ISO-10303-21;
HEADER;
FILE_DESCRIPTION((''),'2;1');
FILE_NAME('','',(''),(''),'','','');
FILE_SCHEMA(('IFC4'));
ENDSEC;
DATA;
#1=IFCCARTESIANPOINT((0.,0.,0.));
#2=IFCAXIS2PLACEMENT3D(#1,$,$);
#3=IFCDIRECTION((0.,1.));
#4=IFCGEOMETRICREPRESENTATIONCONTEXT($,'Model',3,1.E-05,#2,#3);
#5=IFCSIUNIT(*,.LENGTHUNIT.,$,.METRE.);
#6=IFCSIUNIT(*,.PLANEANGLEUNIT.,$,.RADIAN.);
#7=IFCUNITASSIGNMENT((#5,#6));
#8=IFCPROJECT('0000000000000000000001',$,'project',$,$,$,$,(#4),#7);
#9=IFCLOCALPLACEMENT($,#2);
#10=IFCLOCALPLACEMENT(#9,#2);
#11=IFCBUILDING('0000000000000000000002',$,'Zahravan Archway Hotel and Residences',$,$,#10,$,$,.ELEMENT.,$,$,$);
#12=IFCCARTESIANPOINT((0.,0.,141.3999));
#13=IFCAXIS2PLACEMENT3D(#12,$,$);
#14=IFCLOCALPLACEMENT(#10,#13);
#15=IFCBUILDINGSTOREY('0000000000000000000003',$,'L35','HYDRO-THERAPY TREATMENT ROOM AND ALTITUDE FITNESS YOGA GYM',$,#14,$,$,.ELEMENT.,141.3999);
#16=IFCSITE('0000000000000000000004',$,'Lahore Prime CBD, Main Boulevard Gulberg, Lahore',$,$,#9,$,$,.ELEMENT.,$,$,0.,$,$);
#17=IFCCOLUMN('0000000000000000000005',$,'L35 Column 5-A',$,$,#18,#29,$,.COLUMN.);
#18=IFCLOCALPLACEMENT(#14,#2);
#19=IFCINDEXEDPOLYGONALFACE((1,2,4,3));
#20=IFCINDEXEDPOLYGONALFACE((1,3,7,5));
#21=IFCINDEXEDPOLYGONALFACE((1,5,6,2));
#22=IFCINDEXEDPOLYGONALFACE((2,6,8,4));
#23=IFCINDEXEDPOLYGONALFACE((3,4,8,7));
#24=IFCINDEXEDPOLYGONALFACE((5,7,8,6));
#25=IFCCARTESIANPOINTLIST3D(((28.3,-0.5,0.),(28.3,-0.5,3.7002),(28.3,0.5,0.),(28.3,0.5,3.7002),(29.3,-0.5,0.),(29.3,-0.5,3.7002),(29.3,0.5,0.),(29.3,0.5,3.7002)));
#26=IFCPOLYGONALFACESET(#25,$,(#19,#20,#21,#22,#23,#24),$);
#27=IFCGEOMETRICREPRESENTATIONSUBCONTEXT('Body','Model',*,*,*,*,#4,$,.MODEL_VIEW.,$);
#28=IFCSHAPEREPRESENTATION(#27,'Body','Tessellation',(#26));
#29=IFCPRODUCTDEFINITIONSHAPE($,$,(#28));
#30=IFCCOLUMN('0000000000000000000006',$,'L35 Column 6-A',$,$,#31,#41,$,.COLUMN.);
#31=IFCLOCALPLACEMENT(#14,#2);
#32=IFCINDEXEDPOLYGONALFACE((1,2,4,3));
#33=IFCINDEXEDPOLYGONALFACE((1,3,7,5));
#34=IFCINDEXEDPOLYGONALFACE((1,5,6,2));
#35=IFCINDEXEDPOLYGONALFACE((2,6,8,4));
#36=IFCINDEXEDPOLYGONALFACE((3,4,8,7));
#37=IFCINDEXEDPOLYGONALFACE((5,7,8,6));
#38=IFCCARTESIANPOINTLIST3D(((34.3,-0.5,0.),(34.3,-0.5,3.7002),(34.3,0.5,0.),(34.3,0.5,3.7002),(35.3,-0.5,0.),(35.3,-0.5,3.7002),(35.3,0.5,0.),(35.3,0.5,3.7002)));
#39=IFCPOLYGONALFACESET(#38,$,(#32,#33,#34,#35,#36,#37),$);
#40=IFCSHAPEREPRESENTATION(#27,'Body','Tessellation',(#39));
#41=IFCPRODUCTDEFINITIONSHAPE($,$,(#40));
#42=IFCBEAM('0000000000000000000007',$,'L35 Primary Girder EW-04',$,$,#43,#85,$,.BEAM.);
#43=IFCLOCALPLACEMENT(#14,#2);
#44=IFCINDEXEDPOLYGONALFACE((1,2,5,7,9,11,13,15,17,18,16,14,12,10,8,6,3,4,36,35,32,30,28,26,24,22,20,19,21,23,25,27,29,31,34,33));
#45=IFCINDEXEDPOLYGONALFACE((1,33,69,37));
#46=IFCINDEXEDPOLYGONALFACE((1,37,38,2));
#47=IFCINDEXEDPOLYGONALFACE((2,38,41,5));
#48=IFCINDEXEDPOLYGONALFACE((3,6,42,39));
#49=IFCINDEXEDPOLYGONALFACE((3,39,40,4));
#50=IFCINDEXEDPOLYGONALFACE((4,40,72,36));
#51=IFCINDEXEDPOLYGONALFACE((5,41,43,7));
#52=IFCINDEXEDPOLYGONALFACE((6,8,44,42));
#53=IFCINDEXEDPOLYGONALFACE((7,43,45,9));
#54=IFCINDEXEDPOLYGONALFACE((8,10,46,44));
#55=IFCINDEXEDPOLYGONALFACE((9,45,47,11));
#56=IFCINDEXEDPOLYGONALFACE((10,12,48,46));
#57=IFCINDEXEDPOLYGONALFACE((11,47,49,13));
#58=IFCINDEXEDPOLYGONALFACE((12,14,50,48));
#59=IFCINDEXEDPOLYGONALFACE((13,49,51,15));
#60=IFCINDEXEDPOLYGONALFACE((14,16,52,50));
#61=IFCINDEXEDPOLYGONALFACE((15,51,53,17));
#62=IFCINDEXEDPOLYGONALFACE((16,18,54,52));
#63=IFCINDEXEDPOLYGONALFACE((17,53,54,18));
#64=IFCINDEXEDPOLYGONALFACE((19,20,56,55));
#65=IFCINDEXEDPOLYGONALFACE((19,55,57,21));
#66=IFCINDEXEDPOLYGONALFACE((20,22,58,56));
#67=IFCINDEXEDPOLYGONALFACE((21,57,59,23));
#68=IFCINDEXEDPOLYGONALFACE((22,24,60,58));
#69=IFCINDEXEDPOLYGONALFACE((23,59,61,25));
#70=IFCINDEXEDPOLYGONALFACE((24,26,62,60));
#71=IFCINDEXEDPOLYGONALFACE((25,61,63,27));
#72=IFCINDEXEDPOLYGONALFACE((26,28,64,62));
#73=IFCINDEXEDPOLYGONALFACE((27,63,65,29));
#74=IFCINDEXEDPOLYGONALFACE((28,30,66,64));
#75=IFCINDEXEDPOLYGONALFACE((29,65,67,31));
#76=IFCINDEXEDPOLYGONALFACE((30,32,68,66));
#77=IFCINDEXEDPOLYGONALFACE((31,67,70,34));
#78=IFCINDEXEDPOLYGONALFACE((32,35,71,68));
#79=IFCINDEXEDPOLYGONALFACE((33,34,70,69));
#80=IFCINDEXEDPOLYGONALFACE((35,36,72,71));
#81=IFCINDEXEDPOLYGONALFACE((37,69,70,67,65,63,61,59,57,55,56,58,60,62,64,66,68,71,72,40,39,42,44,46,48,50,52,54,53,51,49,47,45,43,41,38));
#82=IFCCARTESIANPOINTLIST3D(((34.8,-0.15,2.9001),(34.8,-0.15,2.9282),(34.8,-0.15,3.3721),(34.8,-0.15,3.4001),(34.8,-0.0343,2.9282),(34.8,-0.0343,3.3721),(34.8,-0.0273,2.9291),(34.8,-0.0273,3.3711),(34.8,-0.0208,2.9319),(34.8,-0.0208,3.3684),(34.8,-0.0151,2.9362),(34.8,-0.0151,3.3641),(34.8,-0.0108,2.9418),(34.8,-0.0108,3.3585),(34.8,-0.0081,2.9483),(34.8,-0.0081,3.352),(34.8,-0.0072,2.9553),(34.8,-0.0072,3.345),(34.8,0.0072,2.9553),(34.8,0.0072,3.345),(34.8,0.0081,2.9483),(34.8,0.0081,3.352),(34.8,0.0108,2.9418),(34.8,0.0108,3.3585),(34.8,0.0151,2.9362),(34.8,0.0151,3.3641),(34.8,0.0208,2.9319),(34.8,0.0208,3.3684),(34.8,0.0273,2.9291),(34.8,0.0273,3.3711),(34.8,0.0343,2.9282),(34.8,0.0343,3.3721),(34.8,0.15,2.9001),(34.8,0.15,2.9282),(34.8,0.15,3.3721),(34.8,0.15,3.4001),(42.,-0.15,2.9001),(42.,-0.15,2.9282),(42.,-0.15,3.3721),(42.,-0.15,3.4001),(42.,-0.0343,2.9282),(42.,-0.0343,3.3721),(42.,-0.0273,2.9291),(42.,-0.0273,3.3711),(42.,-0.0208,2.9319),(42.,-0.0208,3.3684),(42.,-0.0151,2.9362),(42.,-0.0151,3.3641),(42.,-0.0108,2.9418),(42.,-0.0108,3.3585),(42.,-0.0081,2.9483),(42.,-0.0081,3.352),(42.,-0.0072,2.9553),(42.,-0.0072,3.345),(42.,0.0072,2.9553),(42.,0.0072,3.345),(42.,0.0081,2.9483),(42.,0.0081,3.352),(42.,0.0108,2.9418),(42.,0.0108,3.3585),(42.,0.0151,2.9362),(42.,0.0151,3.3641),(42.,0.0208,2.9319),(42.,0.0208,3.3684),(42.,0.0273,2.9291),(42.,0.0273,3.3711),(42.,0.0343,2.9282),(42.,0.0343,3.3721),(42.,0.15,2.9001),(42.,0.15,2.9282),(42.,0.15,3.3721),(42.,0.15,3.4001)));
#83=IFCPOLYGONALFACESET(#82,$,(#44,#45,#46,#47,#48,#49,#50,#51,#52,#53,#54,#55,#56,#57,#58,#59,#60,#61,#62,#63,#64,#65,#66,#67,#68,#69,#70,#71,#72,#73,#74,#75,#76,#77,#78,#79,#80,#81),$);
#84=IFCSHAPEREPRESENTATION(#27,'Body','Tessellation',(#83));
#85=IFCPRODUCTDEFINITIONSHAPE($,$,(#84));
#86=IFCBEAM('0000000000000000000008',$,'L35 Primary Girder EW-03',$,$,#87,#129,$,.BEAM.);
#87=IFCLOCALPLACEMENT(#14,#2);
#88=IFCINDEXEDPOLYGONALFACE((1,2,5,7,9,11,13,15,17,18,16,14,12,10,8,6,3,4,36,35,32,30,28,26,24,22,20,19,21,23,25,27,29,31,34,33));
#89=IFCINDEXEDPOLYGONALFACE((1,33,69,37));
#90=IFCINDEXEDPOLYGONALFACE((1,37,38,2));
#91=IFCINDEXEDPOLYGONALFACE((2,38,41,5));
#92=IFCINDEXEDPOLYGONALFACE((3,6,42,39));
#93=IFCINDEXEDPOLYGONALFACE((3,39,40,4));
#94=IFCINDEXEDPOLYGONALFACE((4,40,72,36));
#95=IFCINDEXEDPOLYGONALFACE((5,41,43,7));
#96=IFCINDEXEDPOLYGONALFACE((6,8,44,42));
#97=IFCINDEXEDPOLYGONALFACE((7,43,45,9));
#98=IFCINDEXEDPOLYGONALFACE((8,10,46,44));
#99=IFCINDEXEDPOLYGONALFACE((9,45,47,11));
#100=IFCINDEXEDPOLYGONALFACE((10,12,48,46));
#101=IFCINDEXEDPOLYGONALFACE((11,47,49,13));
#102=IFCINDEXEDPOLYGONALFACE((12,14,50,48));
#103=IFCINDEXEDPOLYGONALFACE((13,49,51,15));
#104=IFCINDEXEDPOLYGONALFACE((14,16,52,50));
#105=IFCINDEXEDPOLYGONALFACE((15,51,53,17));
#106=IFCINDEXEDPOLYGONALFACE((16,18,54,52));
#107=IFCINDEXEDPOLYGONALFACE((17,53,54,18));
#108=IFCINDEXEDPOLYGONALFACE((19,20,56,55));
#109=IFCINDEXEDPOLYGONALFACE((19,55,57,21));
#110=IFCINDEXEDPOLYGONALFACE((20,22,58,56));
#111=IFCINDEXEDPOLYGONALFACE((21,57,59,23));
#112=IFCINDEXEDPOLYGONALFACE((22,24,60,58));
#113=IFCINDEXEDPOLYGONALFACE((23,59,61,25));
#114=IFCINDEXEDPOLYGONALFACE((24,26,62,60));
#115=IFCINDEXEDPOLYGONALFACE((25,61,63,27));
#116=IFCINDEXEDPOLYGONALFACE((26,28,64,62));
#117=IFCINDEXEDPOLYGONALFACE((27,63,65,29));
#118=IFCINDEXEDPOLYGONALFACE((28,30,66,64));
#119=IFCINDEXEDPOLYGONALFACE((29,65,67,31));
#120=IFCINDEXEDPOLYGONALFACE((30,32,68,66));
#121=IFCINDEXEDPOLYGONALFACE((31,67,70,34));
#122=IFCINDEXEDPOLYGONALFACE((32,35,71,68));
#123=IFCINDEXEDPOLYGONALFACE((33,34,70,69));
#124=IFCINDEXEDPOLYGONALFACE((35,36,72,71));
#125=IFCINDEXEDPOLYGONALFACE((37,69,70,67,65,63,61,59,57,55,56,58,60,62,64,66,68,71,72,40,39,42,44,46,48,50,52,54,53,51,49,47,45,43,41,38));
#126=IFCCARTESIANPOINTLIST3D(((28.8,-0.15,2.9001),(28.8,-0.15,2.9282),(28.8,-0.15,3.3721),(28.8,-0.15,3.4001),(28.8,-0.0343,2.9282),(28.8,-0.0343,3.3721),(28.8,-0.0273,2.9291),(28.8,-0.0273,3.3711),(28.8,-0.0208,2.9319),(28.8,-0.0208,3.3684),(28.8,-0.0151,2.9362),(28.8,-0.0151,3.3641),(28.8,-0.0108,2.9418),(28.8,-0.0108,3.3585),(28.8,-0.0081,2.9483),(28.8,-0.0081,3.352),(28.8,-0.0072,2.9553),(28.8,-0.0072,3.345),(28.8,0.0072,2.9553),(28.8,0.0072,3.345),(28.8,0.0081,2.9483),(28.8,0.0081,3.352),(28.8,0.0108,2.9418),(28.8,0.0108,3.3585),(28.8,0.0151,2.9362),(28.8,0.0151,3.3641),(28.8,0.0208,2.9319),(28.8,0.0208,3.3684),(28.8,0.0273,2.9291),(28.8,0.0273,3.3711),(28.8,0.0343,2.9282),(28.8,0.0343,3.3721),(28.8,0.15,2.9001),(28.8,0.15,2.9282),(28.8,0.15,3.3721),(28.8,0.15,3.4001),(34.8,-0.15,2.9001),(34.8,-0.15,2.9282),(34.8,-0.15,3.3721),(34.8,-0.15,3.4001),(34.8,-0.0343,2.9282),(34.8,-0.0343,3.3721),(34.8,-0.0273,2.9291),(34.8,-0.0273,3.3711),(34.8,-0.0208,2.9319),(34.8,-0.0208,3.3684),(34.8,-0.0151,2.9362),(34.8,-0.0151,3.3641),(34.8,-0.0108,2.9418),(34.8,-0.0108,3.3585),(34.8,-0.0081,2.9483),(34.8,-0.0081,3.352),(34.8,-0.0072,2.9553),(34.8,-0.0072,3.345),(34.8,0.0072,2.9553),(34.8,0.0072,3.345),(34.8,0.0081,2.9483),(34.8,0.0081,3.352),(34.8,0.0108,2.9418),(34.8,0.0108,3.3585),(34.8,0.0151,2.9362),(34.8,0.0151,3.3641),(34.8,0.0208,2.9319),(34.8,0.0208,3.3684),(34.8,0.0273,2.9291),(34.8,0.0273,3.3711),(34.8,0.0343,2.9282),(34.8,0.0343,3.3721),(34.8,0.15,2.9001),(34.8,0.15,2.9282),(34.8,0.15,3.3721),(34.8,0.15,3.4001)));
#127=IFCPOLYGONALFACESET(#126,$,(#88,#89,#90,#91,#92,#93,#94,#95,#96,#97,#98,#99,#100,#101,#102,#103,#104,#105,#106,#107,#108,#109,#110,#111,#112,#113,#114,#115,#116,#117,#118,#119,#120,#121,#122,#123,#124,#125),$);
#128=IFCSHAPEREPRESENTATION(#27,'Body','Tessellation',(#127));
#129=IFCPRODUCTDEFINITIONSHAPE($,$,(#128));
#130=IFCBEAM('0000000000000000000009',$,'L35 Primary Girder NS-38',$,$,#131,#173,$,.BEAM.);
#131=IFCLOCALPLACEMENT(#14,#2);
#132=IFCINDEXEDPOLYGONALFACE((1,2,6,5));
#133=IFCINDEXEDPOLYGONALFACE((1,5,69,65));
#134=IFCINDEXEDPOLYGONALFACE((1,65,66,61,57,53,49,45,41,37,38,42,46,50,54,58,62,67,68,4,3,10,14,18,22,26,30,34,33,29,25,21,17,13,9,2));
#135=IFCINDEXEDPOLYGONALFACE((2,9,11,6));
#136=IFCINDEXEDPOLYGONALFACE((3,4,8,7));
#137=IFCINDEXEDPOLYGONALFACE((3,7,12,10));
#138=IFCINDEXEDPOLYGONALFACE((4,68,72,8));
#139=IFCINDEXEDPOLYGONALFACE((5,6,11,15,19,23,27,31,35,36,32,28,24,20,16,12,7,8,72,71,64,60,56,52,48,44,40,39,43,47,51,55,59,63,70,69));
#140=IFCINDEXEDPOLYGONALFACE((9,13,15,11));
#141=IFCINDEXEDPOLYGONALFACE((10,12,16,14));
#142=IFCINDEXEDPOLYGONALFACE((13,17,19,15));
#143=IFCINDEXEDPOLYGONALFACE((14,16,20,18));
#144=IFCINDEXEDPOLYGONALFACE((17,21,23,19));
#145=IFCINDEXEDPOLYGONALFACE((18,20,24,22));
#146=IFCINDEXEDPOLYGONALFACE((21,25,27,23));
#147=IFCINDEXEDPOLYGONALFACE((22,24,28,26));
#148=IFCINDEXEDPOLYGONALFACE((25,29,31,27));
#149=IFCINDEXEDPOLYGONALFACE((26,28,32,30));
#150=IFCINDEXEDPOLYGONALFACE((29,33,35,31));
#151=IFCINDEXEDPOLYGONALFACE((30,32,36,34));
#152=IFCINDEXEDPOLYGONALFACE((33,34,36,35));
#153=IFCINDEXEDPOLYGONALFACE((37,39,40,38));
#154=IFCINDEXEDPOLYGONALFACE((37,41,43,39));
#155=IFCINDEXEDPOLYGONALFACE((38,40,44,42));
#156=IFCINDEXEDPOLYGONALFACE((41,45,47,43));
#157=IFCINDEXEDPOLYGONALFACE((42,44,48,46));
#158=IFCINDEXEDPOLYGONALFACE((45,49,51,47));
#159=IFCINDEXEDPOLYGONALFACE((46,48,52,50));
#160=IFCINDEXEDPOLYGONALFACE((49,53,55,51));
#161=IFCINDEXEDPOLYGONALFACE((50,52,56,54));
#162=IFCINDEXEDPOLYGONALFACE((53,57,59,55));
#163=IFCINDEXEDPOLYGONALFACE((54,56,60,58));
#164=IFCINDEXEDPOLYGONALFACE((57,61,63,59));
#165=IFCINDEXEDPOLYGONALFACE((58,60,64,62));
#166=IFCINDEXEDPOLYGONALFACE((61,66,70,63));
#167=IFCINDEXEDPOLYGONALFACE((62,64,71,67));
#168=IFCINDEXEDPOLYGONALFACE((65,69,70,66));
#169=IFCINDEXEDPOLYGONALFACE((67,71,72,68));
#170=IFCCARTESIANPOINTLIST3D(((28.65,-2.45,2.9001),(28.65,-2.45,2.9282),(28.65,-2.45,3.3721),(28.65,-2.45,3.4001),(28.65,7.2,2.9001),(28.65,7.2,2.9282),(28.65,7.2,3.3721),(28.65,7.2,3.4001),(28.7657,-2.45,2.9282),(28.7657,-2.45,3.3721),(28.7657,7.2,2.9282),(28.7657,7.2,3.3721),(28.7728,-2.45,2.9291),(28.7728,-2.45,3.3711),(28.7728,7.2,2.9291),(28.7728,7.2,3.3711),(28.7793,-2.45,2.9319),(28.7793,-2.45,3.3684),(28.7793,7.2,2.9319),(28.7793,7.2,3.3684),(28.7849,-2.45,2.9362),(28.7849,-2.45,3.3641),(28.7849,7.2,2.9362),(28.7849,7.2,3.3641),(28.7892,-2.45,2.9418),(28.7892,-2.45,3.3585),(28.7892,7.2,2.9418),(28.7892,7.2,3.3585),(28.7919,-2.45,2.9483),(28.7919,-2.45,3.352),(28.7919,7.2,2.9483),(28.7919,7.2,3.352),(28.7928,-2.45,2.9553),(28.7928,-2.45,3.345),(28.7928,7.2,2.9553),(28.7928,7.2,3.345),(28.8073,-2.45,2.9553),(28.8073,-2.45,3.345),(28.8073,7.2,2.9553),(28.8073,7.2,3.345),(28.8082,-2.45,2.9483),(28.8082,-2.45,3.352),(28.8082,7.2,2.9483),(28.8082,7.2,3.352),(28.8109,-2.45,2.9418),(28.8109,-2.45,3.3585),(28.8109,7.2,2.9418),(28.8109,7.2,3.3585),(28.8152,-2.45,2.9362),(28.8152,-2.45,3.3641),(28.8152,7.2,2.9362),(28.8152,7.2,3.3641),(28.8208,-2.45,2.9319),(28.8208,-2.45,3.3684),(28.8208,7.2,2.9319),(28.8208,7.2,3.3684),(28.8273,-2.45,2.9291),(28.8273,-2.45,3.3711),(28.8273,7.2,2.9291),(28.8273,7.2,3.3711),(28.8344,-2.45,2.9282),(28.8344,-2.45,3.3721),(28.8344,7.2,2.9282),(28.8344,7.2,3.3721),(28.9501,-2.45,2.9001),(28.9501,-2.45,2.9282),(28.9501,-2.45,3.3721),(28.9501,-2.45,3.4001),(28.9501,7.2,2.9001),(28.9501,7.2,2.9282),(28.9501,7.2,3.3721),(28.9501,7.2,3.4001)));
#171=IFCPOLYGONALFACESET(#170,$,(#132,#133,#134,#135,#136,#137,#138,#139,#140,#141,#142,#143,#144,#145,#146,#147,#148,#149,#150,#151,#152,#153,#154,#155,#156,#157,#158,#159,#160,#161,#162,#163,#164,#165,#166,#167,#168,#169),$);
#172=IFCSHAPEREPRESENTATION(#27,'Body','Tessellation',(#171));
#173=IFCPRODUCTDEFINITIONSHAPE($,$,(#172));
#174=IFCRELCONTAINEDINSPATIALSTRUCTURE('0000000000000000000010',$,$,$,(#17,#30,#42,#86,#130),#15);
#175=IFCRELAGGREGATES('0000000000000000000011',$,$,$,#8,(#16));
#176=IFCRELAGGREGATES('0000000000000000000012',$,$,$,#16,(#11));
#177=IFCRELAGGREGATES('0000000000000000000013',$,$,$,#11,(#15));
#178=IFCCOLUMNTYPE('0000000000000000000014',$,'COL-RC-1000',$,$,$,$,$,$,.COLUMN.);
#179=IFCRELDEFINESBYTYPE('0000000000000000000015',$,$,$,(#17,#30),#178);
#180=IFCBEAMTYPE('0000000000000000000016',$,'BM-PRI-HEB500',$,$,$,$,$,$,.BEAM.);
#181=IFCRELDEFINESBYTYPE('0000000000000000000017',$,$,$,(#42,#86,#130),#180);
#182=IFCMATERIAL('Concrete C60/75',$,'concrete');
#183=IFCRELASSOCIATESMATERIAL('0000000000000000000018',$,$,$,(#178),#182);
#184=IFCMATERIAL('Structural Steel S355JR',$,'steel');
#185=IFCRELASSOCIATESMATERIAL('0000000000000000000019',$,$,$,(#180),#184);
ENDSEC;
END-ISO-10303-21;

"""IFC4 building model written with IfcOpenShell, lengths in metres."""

from ifc_helpers import new_model, si_unit, direction, frame, origin, origin_2d, place, context, subcontext, project, spatial, rectangle, i_section, extrude, source, transform, mapped, material, material_profile, profile_set, type_object, element, save


model = new_model("IFC4")

# Units and contexts
model_context = context("Model", 3, precision=1e-05, world=origin(), true_north=direction((0.0, 1.0)))
body_context = subcontext(model_context, "Body", "Model", "MODEL_VIEW")
ifc_project = project(units=[si_unit("LENGTHUNIT", "METRE"), si_unit("PLANEANGLEUNIT", "RADIAN")], contexts=[model_context])

# Site, building, storey
site_placement = place(None, origin())
site = spatial("IfcSite", under=ifc_project, at=site_placement, Name="Lahore Prime CBD, Main Boulevard Gulberg, Lahore", CompositionType="ELEMENT", RefElevation=0.0)
building_placement = place(site_placement, origin())
building = spatial("IfcBuilding", under=site, at=building_placement, Name="Zahravan Archway Hotel and Residences", CompositionType="ELEMENT")
storey_placement = place(building_placement, frame((0.0, 0.0, 141.3999)))
storey = spatial("IfcBuildingStorey", under=building, at=storey_placement, Name="L35", Description="HYDRO-THERAPY TREATMENT ROOM AND ALTITUDE FITNESS YOGA GYM", CompositionType="ELEMENT", Elevation=141.3999)

# Columns
ifc_material_1 = material(Name="Concrete C60/75", Category="concrete")
ifc_material_profile_1 = material_profile(ifc_material_1, rectangle(XDim=1.0, YDim=1.0, at=origin_2d()), Name="RC-COL-1000x1000", Category="concrete")
ifc_profile_set_1 = profile_set([ifc_material_profile_1], Name="Concrete C60/75")
column_type = type_object("IfcColumnType", Name="COL-RC-1000", PredefinedType="COLUMN", material=ifc_profile_set_1)
shared_shape_1 = source(origin(), body_context, "Body", "SweptSolid", [
    extrude(rectangle(XDim=1.0, YDim=1.0, at=origin_2d()), origin(), (0.0, 0.0, 1.0), 3.7002),
])
for number, where, z_axis, x_axis, name in (
    (1, (28.8, 0.0, 0.0), (0.0, 0.0, 1.0), (1.0, 0.0, 0.0), "L35 Column 5-A"),
    (2, (34.8, 0.0, 0.0), (0.0, 0.0, 1.0), (1.0, 0.0, 0.0), "L35 Column 6-A"),
):
    element("IfcColumn", number, at=place(storey_placement, frame(where, z_axis=z_axis, x_axis=x_axis)), inside=storey, type_object=column_type, Name=name, PredefinedType="COLUMN", context=body_context, shape_type="MappedRepresentation", body=[
        mapped(shared_shape_1, transform((0.0, 0.0, 0.0), scale=1.0)),
    ])

# Beams
ifc_material_2 = material(Name="Structural Steel S355JR", Category="steel")
ifc_material_profile_2 = material_profile(ifc_material_2, i_section(OverallWidth=0.3, OverallDepth=0.5, WebThickness=0.0144, FlangeThickness=0.0281, FilletRadius=0.0271, at=origin_2d()), Name="HEB 500", Category="steel")
ifc_profile_set_2 = profile_set([ifc_material_profile_2], Name="Structural Steel S355JR")
beam_type_1 = type_object("IfcBeamType", Name="BM-PRI-HEB500", PredefinedType="BEAM", material=ifc_profile_set_2)
shared_shape_2 = source(origin(), body_context, "Body", "SweptSolid", [
    extrude(i_section(OverallWidth=0.3, OverallDepth=0.5, WebThickness=0.0144, FlangeThickness=0.0281, FilletRadius=0.0271, at=origin_2d()), origin(), (0.0, 0.0, 1.0), 7.2),
])
beam_1_placement = place(storey_placement, frame((34.8, 0.0, 3.1501), z_axis=(1.0, 0.0, 0.0), x_axis=(0.0, 1.0, 0.0)))
element("IfcBeam", 3, at=beam_1_placement, inside=storey, type_object=beam_type_1, Name="L35 Primary Girder EW-04", PredefinedType="BEAM", context=body_context, shape_type="MappedRepresentation", body=[
    mapped(shared_shape_2, transform((0.0, 0.0, 0.0), scale=1.0)),
])
shared_shape_3 = source(origin(), body_context, "Body", "SweptSolid", [
    extrude(i_section(OverallWidth=0.3, OverallDepth=0.5, WebThickness=0.0144, FlangeThickness=0.0281, FilletRadius=0.0271, at=origin_2d()), origin(), (0.0, 0.0, 1.0), 6.0),
])
beam_2_placement = place(storey_placement, frame((28.8, 0.0, 3.1501), z_axis=(1.0, 0.0, 0.0), x_axis=(0.0, 1.0, 0.0)))
element("IfcBeam", 4, at=beam_2_placement, inside=storey, type_object=beam_type_1, Name="L35 Primary Girder EW-03", PredefinedType="BEAM", context=body_context, shape_type="MappedRepresentation", body=[
    mapped(shared_shape_3, transform((0.0, 0.0, 0.0), scale=1.0)),
])
shared_shape_4 = source(origin(), body_context, "Body", "SweptSolid", [
    extrude(i_section(OverallWidth=0.3, OverallDepth=0.5, WebThickness=0.0144, FlangeThickness=0.0281, FilletRadius=0.0271, at=origin_2d()), origin(), (0.0, 0.0, 1.0), 9.6499),
])
beam_3_placement = place(storey_placement, frame((28.8, -2.45, 3.1501), z_axis=(0.0, 1.0, 0.0), x_axis=(-1.0, 0.0, 0.0)))
element("IfcBeam", 5, at=beam_3_placement, inside=storey, type_object=beam_type_1, Name="L35 Primary Girder NS-38", PredefinedType="BEAM", context=body_context, shape_type="MappedRepresentation", body=[
    mapped(shared_shape_4, transform((0.0, 0.0, 0.0), scale=1.0)),
])

save(model, "model.ifc")
